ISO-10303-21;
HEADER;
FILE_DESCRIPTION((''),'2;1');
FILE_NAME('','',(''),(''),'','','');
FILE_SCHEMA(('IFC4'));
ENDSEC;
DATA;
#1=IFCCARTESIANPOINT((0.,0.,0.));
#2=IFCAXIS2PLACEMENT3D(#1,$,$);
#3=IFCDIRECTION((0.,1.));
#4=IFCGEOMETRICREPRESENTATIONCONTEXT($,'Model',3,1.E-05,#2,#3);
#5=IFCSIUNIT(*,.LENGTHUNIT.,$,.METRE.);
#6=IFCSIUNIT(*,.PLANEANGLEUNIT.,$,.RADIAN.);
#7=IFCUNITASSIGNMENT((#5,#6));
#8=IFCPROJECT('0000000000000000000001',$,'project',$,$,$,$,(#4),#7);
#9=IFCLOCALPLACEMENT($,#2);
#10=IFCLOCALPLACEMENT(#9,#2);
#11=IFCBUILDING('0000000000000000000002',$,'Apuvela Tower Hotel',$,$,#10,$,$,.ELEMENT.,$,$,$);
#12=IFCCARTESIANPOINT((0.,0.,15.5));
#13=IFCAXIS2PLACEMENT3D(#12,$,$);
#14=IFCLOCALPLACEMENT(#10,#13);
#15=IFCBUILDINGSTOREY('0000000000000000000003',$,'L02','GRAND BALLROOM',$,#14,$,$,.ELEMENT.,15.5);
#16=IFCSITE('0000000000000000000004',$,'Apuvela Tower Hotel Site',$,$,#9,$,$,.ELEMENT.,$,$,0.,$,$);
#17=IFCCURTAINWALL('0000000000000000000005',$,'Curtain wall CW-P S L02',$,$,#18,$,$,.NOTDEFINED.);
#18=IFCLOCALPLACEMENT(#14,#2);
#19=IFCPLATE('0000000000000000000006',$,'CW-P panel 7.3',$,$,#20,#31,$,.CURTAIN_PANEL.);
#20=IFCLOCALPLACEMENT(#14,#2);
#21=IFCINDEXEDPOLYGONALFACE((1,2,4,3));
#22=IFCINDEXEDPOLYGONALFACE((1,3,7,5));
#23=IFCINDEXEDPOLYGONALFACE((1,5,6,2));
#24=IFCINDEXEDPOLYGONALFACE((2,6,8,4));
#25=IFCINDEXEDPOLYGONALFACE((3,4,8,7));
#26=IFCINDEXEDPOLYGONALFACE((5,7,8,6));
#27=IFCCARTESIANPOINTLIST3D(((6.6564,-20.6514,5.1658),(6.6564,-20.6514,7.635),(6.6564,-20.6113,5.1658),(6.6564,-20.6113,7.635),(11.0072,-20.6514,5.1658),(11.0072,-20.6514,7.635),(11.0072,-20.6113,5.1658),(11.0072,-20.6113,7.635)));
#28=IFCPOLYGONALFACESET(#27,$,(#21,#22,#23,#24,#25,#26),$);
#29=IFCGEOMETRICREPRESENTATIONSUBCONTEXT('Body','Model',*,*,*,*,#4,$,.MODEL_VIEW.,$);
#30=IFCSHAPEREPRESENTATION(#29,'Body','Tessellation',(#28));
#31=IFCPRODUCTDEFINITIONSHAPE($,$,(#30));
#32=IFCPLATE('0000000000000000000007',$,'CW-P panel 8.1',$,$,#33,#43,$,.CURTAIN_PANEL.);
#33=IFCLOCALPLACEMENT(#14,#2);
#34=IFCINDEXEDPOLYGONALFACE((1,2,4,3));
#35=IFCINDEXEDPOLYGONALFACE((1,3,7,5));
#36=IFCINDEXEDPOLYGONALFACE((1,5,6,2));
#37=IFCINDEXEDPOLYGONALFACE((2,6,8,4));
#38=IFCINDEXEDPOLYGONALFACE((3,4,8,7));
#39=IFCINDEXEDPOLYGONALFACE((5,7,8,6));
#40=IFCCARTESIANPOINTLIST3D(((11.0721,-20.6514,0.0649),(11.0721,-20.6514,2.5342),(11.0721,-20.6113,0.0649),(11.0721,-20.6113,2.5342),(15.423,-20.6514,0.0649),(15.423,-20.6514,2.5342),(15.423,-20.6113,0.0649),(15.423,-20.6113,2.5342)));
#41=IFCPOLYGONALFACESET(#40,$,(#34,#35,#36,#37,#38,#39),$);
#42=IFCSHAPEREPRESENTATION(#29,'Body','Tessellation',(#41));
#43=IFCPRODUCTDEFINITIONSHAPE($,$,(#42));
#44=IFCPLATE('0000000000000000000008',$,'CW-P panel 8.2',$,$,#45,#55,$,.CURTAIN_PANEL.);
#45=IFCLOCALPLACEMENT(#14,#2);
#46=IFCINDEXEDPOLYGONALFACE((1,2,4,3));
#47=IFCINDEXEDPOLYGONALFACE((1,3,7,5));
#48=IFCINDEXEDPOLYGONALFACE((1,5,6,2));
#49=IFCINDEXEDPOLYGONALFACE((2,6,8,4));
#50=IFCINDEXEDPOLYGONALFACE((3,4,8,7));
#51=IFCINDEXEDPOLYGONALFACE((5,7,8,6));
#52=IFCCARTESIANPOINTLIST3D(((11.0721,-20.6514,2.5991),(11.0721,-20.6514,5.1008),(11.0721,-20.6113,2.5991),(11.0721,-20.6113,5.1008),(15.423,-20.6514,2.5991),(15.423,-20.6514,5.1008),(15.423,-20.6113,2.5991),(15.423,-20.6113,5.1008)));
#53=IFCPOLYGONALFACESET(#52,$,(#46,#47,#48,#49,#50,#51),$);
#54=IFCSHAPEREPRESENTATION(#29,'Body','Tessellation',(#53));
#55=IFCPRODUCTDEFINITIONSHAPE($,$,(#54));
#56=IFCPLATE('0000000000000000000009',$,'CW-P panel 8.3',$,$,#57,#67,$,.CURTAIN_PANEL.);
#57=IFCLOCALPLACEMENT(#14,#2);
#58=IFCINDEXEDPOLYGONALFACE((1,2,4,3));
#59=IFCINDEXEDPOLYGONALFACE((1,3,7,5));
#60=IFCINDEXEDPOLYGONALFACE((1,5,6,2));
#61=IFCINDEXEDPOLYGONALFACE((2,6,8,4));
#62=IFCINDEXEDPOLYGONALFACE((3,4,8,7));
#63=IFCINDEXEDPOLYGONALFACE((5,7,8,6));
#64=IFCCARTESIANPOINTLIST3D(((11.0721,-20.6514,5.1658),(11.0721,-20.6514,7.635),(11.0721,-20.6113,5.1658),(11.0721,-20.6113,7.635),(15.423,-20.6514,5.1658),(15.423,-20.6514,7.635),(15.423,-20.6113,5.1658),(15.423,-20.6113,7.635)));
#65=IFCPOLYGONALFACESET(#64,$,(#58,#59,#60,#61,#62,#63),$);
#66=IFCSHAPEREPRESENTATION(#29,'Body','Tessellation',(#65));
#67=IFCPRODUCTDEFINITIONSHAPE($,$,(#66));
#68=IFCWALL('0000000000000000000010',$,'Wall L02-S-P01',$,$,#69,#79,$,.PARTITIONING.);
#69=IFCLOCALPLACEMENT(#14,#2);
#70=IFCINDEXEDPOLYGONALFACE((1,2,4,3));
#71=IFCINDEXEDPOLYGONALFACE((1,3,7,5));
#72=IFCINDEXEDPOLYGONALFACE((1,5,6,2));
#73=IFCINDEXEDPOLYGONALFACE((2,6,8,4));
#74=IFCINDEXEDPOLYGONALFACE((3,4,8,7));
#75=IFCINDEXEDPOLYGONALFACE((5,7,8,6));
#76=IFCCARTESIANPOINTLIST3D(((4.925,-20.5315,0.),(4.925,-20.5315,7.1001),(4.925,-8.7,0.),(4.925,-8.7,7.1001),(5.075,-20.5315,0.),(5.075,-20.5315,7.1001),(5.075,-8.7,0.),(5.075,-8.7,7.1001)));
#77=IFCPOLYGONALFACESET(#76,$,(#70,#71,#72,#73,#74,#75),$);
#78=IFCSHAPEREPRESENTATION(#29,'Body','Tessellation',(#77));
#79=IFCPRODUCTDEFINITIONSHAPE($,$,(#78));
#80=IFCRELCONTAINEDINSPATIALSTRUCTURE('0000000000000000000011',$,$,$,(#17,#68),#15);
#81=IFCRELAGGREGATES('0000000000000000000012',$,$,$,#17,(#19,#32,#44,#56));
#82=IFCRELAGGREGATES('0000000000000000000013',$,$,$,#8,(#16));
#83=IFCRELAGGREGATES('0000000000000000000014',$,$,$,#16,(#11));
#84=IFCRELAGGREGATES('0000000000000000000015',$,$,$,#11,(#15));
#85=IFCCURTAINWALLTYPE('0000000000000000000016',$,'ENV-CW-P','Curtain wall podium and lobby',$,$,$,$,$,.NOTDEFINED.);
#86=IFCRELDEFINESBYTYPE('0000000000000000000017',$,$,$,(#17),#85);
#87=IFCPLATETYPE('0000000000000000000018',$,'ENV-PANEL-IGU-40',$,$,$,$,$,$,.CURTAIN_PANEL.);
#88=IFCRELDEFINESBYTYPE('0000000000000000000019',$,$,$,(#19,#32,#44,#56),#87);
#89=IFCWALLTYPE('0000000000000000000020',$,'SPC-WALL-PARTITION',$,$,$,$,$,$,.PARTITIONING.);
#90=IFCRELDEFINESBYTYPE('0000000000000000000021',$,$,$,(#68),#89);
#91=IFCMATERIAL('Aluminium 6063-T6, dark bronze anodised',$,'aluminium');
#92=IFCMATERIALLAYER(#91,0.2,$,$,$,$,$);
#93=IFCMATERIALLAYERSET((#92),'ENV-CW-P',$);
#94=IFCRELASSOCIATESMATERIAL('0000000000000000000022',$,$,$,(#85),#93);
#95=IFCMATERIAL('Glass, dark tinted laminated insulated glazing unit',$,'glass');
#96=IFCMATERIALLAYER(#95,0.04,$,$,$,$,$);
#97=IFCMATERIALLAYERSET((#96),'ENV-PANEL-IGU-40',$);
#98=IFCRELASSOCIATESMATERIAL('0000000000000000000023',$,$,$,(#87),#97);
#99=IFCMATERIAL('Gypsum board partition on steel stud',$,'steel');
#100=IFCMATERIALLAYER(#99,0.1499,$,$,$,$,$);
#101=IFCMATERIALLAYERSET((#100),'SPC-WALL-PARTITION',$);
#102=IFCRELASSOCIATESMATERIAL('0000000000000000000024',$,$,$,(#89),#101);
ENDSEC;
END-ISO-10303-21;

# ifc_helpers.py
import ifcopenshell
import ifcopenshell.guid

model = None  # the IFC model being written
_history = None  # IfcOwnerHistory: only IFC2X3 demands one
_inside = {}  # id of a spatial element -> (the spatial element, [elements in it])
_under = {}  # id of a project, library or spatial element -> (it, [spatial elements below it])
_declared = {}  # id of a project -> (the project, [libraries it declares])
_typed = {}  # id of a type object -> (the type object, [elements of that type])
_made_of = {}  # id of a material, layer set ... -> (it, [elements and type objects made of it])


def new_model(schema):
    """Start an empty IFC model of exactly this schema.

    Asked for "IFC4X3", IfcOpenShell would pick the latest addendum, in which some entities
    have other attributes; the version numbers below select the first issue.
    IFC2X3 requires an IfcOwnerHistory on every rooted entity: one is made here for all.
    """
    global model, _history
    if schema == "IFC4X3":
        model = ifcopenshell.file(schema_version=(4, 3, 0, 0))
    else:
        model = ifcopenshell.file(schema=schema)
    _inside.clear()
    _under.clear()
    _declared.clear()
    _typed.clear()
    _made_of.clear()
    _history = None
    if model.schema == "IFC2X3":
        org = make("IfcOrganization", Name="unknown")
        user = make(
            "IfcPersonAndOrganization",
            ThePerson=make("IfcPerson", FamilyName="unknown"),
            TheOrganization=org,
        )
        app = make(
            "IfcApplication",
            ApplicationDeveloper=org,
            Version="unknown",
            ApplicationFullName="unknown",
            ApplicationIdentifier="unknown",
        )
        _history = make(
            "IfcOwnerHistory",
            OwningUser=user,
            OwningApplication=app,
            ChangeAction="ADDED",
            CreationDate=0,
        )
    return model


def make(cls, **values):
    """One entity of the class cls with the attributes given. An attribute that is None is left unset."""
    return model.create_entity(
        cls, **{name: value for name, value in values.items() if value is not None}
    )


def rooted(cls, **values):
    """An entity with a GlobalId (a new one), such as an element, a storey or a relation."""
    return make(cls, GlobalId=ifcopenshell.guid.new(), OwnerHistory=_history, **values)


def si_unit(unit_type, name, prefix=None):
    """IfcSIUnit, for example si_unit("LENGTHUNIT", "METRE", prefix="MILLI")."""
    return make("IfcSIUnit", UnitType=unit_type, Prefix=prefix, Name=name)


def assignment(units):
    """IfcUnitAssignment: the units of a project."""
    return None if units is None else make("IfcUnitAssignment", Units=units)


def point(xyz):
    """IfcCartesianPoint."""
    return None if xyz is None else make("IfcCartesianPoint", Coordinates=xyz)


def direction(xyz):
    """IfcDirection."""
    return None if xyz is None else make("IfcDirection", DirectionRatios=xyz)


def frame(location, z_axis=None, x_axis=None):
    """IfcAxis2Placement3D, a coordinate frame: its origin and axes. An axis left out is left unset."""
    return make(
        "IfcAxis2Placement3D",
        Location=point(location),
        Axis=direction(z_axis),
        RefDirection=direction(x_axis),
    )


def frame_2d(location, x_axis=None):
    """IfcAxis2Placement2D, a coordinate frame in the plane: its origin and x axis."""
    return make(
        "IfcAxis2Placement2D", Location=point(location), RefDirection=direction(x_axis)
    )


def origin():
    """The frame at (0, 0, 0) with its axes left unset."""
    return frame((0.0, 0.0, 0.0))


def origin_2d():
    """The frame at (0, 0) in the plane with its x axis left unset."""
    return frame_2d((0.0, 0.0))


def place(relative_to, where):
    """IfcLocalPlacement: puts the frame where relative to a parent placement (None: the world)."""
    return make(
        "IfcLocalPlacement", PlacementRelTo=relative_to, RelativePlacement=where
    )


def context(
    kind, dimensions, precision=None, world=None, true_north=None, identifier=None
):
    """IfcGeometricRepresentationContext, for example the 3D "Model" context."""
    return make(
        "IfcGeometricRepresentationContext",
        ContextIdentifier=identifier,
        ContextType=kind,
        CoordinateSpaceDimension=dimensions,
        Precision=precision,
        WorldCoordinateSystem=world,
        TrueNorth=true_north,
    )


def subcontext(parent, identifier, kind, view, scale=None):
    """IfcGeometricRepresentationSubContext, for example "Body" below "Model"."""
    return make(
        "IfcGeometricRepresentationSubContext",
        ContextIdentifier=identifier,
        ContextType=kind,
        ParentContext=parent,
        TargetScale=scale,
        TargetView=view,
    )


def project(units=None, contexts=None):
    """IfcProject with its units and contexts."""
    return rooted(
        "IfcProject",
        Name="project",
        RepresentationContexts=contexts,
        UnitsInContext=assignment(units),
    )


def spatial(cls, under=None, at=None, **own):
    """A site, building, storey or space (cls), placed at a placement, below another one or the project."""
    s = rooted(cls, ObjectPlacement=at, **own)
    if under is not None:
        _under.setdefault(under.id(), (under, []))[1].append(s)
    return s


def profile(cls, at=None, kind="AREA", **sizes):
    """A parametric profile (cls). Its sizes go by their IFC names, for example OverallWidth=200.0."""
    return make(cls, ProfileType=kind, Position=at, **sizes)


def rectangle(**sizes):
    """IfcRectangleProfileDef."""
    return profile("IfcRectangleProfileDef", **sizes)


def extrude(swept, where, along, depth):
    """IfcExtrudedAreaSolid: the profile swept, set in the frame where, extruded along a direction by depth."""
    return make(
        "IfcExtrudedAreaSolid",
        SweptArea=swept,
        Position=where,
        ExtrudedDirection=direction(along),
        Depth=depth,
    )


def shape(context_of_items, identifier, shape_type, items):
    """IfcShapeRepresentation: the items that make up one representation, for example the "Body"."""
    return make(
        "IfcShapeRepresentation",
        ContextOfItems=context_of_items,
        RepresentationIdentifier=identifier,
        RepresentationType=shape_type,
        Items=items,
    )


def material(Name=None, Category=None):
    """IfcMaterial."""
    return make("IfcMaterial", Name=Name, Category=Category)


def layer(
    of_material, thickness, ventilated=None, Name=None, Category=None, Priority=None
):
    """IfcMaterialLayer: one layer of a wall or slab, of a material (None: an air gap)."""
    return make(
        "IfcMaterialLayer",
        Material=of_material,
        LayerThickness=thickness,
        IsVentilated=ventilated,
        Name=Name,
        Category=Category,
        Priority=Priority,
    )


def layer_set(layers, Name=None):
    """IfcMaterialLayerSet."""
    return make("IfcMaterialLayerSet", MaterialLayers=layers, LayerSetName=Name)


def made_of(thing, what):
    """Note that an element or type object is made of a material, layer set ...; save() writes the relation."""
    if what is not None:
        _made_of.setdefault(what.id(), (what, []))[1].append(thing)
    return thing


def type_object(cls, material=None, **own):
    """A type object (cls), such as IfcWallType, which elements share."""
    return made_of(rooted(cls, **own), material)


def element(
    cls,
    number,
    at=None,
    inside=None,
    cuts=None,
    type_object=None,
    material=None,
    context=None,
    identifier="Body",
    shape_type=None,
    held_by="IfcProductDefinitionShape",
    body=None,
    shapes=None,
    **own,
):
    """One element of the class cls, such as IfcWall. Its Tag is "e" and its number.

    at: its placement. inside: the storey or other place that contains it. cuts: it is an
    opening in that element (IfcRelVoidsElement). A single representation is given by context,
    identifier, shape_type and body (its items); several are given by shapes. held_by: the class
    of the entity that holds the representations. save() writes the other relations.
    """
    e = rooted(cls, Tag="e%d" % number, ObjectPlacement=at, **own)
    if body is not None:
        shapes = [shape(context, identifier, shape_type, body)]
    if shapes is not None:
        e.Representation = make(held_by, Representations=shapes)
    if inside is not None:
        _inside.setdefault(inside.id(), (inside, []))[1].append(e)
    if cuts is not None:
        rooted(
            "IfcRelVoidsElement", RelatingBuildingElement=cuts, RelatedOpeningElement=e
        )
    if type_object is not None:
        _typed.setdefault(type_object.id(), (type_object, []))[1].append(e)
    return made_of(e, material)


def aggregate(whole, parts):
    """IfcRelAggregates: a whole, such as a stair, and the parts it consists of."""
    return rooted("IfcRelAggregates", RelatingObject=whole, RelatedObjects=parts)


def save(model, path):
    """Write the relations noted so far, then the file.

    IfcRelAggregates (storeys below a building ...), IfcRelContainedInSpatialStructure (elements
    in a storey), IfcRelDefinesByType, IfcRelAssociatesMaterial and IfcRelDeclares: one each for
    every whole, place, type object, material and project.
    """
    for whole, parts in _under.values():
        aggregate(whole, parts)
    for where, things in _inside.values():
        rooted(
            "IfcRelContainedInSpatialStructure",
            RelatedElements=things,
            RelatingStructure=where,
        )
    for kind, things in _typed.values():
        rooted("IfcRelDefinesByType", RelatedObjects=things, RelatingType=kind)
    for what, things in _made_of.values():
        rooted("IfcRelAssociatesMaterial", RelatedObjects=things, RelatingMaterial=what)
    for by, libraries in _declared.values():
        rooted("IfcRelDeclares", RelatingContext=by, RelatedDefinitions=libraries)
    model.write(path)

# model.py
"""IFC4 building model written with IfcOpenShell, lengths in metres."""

from ifc_helpers import new_model, si_unit, direction, frame, frame_2d, origin, origin_2d, place, context, subcontext, project, spatial, rectangle, extrude, material, layer, layer_set, type_object, element, aggregate, save


model = new_model("IFC4")

# Units and contexts
model_context = context("Model", 3, precision=1e-05, world=origin(), true_north=direction((0.0, 1.0)))
body_context = subcontext(model_context, "Body", "Model", "MODEL_VIEW")
ifc_project = project(units=[si_unit("LENGTHUNIT", "METRE"), si_unit("PLANEANGLEUNIT", "RADIAN")], contexts=[model_context])

# Site, building, storey
site_placement = place(None, origin())
site = spatial("IfcSite", under=ifc_project, at=site_placement, Name="Apuvela Tower Hotel Site", CompositionType="ELEMENT", RefElevation=0.0)
building_placement = place(site_placement, origin())
building = spatial("IfcBuilding", under=site, at=building_placement, Name="Apuvela Tower Hotel", CompositionType="ELEMENT")
storey_placement = place(building_placement, frame((0.0, 0.0, 15.5)))
storey = spatial("IfcBuildingStorey", under=building, at=storey_placement, Name="L02", Description="GRAND BALLROOM", CompositionType="ELEMENT", Elevation=15.5)

# Curtain wall
ifc_material_1 = material(Name="Aluminium 6063-T6, dark bronze anodised", Category="aluminium")
ifc_layer_1 = layer(ifc_material_1, 0.2)
ifc_layer_set_1 = layer_set([ifc_layer_1], Name="ENV-CW-P")
curtain_wall_type = type_object("IfcCurtainWallType", Name="ENV-CW-P", Description="Curtain wall podium and lobby", PredefinedType="NOTDEFINED", material=ifc_layer_set_1)
curtain_wall_placement = place(storey_placement, origin())
curtain_wall = element("IfcCurtainWall", 1, at=curtain_wall_placement, inside=storey, type_object=curtain_wall_type, Name="Curtain wall CW-P S L02", PredefinedType="NOTDEFINED")

# Plates
ifc_material_2 = material(Name="Glass, dark tinted laminated insulated glazing unit", Category="glass")
ifc_layer_2 = layer(ifc_material_2, 0.04)
ifc_layer_set_2 = layer_set([ifc_layer_2], Name="ENV-PANEL-IGU-40")
plate_type = type_object("IfcPlateType", Name="ENV-PANEL-IGU-40", PredefinedType="CURTAIN_PANEL", material=ifc_layer_set_2)
plate_1_placement = place(storey_placement, frame((8.8318, -20.6313, 5.1658), z_axis=(0.0, 0.0, 1.0), x_axis=(1.0, 0.0, 0.0)))
plate_1 = element("IfcPlate", 2, at=plate_1_placement, type_object=plate_type, Name="CW-P panel 7.3", PredefinedType="CURTAIN_PANEL", context=body_context, shape_type="SweptSolid", body=[
    extrude(rectangle(XDim=4.3508, YDim=0.04, at=origin_2d()), origin(), (0.0, 0.0, 1.0), 2.4692),
])
plate_2_placement = place(storey_placement, frame((13.2476, -20.6313, 0.0649), z_axis=(0.0, 0.0, 1.0), x_axis=(1.0, 0.0, 0.0)))
plate_2 = element("IfcPlate", 3, at=plate_2_placement, type_object=plate_type, Name="CW-P panel 8.1", PredefinedType="CURTAIN_PANEL", context=body_context, shape_type="SweptSolid", body=[
    extrude(rectangle(XDim=4.3508, YDim=0.04, at=origin_2d()), origin(), (0.0, 0.0, 1.0), 2.4692),
])
plate_3_placement = place(storey_placement, frame((13.2476, -20.6313, 2.5991), z_axis=(0.0, 0.0, 1.0), x_axis=(1.0, 0.0, 0.0)))
plate_3 = element("IfcPlate", 4, at=plate_3_placement, type_object=plate_type, Name="CW-P panel 8.2", PredefinedType="CURTAIN_PANEL", context=body_context, shape_type="SweptSolid", body=[
    extrude(rectangle(XDim=4.3508, YDim=0.04, at=origin_2d()), origin(), (0.0, 0.0, 1.0), 2.5017),
])
plate_4_placement = place(storey_placement, frame((13.2476, -20.6313, 5.1658), z_axis=(0.0, 0.0, 1.0), x_axis=(1.0, 0.0, 0.0)))
plate_4 = element("IfcPlate", 5, at=plate_4_placement, type_object=plate_type, Name="CW-P panel 8.3", PredefinedType="CURTAIN_PANEL", context=body_context, shape_type="SweptSolid", body=[
    extrude(rectangle(XDim=4.3508, YDim=0.04, at=origin_2d()), origin(), (0.0, 0.0, 1.0), 2.4692),
])
aggregate(curtain_wall, [plate_1, plate_2, plate_3, plate_4])

# Wall
ifc_material_3 = material(Name="Gypsum board partition on steel stud", Category="steel")
ifc_layer_3 = layer(ifc_material_3, 0.1499)
ifc_layer_set_3 = layer_set([ifc_layer_3], Name="SPC-WALL-PARTITION")
wall_type = type_object("IfcWallType", Name="SPC-WALL-PARTITION", PredefinedType="PARTITIONING", material=ifc_layer_set_3)
wall_placement = place(storey_placement, frame((5.0, -20.5315, 0.0), z_axis=(0.0, 0.0, 1.0), x_axis=(0.0, 1.0, 0.0)))
element("IfcWall", 6, at=wall_placement, inside=storey, type_object=wall_type, Name="Wall L02-S-P01", PredefinedType="PARTITIONING", context=body_context, shape_type="SweptSolid", body=[
    extrude(rectangle(XDim=11.8315, YDim=0.1499, at=frame_2d((5.9158, 0.0))), origin(), (0.0, 0.0, 1.0), 7.1001),
])

save(model, "model.ifc")
